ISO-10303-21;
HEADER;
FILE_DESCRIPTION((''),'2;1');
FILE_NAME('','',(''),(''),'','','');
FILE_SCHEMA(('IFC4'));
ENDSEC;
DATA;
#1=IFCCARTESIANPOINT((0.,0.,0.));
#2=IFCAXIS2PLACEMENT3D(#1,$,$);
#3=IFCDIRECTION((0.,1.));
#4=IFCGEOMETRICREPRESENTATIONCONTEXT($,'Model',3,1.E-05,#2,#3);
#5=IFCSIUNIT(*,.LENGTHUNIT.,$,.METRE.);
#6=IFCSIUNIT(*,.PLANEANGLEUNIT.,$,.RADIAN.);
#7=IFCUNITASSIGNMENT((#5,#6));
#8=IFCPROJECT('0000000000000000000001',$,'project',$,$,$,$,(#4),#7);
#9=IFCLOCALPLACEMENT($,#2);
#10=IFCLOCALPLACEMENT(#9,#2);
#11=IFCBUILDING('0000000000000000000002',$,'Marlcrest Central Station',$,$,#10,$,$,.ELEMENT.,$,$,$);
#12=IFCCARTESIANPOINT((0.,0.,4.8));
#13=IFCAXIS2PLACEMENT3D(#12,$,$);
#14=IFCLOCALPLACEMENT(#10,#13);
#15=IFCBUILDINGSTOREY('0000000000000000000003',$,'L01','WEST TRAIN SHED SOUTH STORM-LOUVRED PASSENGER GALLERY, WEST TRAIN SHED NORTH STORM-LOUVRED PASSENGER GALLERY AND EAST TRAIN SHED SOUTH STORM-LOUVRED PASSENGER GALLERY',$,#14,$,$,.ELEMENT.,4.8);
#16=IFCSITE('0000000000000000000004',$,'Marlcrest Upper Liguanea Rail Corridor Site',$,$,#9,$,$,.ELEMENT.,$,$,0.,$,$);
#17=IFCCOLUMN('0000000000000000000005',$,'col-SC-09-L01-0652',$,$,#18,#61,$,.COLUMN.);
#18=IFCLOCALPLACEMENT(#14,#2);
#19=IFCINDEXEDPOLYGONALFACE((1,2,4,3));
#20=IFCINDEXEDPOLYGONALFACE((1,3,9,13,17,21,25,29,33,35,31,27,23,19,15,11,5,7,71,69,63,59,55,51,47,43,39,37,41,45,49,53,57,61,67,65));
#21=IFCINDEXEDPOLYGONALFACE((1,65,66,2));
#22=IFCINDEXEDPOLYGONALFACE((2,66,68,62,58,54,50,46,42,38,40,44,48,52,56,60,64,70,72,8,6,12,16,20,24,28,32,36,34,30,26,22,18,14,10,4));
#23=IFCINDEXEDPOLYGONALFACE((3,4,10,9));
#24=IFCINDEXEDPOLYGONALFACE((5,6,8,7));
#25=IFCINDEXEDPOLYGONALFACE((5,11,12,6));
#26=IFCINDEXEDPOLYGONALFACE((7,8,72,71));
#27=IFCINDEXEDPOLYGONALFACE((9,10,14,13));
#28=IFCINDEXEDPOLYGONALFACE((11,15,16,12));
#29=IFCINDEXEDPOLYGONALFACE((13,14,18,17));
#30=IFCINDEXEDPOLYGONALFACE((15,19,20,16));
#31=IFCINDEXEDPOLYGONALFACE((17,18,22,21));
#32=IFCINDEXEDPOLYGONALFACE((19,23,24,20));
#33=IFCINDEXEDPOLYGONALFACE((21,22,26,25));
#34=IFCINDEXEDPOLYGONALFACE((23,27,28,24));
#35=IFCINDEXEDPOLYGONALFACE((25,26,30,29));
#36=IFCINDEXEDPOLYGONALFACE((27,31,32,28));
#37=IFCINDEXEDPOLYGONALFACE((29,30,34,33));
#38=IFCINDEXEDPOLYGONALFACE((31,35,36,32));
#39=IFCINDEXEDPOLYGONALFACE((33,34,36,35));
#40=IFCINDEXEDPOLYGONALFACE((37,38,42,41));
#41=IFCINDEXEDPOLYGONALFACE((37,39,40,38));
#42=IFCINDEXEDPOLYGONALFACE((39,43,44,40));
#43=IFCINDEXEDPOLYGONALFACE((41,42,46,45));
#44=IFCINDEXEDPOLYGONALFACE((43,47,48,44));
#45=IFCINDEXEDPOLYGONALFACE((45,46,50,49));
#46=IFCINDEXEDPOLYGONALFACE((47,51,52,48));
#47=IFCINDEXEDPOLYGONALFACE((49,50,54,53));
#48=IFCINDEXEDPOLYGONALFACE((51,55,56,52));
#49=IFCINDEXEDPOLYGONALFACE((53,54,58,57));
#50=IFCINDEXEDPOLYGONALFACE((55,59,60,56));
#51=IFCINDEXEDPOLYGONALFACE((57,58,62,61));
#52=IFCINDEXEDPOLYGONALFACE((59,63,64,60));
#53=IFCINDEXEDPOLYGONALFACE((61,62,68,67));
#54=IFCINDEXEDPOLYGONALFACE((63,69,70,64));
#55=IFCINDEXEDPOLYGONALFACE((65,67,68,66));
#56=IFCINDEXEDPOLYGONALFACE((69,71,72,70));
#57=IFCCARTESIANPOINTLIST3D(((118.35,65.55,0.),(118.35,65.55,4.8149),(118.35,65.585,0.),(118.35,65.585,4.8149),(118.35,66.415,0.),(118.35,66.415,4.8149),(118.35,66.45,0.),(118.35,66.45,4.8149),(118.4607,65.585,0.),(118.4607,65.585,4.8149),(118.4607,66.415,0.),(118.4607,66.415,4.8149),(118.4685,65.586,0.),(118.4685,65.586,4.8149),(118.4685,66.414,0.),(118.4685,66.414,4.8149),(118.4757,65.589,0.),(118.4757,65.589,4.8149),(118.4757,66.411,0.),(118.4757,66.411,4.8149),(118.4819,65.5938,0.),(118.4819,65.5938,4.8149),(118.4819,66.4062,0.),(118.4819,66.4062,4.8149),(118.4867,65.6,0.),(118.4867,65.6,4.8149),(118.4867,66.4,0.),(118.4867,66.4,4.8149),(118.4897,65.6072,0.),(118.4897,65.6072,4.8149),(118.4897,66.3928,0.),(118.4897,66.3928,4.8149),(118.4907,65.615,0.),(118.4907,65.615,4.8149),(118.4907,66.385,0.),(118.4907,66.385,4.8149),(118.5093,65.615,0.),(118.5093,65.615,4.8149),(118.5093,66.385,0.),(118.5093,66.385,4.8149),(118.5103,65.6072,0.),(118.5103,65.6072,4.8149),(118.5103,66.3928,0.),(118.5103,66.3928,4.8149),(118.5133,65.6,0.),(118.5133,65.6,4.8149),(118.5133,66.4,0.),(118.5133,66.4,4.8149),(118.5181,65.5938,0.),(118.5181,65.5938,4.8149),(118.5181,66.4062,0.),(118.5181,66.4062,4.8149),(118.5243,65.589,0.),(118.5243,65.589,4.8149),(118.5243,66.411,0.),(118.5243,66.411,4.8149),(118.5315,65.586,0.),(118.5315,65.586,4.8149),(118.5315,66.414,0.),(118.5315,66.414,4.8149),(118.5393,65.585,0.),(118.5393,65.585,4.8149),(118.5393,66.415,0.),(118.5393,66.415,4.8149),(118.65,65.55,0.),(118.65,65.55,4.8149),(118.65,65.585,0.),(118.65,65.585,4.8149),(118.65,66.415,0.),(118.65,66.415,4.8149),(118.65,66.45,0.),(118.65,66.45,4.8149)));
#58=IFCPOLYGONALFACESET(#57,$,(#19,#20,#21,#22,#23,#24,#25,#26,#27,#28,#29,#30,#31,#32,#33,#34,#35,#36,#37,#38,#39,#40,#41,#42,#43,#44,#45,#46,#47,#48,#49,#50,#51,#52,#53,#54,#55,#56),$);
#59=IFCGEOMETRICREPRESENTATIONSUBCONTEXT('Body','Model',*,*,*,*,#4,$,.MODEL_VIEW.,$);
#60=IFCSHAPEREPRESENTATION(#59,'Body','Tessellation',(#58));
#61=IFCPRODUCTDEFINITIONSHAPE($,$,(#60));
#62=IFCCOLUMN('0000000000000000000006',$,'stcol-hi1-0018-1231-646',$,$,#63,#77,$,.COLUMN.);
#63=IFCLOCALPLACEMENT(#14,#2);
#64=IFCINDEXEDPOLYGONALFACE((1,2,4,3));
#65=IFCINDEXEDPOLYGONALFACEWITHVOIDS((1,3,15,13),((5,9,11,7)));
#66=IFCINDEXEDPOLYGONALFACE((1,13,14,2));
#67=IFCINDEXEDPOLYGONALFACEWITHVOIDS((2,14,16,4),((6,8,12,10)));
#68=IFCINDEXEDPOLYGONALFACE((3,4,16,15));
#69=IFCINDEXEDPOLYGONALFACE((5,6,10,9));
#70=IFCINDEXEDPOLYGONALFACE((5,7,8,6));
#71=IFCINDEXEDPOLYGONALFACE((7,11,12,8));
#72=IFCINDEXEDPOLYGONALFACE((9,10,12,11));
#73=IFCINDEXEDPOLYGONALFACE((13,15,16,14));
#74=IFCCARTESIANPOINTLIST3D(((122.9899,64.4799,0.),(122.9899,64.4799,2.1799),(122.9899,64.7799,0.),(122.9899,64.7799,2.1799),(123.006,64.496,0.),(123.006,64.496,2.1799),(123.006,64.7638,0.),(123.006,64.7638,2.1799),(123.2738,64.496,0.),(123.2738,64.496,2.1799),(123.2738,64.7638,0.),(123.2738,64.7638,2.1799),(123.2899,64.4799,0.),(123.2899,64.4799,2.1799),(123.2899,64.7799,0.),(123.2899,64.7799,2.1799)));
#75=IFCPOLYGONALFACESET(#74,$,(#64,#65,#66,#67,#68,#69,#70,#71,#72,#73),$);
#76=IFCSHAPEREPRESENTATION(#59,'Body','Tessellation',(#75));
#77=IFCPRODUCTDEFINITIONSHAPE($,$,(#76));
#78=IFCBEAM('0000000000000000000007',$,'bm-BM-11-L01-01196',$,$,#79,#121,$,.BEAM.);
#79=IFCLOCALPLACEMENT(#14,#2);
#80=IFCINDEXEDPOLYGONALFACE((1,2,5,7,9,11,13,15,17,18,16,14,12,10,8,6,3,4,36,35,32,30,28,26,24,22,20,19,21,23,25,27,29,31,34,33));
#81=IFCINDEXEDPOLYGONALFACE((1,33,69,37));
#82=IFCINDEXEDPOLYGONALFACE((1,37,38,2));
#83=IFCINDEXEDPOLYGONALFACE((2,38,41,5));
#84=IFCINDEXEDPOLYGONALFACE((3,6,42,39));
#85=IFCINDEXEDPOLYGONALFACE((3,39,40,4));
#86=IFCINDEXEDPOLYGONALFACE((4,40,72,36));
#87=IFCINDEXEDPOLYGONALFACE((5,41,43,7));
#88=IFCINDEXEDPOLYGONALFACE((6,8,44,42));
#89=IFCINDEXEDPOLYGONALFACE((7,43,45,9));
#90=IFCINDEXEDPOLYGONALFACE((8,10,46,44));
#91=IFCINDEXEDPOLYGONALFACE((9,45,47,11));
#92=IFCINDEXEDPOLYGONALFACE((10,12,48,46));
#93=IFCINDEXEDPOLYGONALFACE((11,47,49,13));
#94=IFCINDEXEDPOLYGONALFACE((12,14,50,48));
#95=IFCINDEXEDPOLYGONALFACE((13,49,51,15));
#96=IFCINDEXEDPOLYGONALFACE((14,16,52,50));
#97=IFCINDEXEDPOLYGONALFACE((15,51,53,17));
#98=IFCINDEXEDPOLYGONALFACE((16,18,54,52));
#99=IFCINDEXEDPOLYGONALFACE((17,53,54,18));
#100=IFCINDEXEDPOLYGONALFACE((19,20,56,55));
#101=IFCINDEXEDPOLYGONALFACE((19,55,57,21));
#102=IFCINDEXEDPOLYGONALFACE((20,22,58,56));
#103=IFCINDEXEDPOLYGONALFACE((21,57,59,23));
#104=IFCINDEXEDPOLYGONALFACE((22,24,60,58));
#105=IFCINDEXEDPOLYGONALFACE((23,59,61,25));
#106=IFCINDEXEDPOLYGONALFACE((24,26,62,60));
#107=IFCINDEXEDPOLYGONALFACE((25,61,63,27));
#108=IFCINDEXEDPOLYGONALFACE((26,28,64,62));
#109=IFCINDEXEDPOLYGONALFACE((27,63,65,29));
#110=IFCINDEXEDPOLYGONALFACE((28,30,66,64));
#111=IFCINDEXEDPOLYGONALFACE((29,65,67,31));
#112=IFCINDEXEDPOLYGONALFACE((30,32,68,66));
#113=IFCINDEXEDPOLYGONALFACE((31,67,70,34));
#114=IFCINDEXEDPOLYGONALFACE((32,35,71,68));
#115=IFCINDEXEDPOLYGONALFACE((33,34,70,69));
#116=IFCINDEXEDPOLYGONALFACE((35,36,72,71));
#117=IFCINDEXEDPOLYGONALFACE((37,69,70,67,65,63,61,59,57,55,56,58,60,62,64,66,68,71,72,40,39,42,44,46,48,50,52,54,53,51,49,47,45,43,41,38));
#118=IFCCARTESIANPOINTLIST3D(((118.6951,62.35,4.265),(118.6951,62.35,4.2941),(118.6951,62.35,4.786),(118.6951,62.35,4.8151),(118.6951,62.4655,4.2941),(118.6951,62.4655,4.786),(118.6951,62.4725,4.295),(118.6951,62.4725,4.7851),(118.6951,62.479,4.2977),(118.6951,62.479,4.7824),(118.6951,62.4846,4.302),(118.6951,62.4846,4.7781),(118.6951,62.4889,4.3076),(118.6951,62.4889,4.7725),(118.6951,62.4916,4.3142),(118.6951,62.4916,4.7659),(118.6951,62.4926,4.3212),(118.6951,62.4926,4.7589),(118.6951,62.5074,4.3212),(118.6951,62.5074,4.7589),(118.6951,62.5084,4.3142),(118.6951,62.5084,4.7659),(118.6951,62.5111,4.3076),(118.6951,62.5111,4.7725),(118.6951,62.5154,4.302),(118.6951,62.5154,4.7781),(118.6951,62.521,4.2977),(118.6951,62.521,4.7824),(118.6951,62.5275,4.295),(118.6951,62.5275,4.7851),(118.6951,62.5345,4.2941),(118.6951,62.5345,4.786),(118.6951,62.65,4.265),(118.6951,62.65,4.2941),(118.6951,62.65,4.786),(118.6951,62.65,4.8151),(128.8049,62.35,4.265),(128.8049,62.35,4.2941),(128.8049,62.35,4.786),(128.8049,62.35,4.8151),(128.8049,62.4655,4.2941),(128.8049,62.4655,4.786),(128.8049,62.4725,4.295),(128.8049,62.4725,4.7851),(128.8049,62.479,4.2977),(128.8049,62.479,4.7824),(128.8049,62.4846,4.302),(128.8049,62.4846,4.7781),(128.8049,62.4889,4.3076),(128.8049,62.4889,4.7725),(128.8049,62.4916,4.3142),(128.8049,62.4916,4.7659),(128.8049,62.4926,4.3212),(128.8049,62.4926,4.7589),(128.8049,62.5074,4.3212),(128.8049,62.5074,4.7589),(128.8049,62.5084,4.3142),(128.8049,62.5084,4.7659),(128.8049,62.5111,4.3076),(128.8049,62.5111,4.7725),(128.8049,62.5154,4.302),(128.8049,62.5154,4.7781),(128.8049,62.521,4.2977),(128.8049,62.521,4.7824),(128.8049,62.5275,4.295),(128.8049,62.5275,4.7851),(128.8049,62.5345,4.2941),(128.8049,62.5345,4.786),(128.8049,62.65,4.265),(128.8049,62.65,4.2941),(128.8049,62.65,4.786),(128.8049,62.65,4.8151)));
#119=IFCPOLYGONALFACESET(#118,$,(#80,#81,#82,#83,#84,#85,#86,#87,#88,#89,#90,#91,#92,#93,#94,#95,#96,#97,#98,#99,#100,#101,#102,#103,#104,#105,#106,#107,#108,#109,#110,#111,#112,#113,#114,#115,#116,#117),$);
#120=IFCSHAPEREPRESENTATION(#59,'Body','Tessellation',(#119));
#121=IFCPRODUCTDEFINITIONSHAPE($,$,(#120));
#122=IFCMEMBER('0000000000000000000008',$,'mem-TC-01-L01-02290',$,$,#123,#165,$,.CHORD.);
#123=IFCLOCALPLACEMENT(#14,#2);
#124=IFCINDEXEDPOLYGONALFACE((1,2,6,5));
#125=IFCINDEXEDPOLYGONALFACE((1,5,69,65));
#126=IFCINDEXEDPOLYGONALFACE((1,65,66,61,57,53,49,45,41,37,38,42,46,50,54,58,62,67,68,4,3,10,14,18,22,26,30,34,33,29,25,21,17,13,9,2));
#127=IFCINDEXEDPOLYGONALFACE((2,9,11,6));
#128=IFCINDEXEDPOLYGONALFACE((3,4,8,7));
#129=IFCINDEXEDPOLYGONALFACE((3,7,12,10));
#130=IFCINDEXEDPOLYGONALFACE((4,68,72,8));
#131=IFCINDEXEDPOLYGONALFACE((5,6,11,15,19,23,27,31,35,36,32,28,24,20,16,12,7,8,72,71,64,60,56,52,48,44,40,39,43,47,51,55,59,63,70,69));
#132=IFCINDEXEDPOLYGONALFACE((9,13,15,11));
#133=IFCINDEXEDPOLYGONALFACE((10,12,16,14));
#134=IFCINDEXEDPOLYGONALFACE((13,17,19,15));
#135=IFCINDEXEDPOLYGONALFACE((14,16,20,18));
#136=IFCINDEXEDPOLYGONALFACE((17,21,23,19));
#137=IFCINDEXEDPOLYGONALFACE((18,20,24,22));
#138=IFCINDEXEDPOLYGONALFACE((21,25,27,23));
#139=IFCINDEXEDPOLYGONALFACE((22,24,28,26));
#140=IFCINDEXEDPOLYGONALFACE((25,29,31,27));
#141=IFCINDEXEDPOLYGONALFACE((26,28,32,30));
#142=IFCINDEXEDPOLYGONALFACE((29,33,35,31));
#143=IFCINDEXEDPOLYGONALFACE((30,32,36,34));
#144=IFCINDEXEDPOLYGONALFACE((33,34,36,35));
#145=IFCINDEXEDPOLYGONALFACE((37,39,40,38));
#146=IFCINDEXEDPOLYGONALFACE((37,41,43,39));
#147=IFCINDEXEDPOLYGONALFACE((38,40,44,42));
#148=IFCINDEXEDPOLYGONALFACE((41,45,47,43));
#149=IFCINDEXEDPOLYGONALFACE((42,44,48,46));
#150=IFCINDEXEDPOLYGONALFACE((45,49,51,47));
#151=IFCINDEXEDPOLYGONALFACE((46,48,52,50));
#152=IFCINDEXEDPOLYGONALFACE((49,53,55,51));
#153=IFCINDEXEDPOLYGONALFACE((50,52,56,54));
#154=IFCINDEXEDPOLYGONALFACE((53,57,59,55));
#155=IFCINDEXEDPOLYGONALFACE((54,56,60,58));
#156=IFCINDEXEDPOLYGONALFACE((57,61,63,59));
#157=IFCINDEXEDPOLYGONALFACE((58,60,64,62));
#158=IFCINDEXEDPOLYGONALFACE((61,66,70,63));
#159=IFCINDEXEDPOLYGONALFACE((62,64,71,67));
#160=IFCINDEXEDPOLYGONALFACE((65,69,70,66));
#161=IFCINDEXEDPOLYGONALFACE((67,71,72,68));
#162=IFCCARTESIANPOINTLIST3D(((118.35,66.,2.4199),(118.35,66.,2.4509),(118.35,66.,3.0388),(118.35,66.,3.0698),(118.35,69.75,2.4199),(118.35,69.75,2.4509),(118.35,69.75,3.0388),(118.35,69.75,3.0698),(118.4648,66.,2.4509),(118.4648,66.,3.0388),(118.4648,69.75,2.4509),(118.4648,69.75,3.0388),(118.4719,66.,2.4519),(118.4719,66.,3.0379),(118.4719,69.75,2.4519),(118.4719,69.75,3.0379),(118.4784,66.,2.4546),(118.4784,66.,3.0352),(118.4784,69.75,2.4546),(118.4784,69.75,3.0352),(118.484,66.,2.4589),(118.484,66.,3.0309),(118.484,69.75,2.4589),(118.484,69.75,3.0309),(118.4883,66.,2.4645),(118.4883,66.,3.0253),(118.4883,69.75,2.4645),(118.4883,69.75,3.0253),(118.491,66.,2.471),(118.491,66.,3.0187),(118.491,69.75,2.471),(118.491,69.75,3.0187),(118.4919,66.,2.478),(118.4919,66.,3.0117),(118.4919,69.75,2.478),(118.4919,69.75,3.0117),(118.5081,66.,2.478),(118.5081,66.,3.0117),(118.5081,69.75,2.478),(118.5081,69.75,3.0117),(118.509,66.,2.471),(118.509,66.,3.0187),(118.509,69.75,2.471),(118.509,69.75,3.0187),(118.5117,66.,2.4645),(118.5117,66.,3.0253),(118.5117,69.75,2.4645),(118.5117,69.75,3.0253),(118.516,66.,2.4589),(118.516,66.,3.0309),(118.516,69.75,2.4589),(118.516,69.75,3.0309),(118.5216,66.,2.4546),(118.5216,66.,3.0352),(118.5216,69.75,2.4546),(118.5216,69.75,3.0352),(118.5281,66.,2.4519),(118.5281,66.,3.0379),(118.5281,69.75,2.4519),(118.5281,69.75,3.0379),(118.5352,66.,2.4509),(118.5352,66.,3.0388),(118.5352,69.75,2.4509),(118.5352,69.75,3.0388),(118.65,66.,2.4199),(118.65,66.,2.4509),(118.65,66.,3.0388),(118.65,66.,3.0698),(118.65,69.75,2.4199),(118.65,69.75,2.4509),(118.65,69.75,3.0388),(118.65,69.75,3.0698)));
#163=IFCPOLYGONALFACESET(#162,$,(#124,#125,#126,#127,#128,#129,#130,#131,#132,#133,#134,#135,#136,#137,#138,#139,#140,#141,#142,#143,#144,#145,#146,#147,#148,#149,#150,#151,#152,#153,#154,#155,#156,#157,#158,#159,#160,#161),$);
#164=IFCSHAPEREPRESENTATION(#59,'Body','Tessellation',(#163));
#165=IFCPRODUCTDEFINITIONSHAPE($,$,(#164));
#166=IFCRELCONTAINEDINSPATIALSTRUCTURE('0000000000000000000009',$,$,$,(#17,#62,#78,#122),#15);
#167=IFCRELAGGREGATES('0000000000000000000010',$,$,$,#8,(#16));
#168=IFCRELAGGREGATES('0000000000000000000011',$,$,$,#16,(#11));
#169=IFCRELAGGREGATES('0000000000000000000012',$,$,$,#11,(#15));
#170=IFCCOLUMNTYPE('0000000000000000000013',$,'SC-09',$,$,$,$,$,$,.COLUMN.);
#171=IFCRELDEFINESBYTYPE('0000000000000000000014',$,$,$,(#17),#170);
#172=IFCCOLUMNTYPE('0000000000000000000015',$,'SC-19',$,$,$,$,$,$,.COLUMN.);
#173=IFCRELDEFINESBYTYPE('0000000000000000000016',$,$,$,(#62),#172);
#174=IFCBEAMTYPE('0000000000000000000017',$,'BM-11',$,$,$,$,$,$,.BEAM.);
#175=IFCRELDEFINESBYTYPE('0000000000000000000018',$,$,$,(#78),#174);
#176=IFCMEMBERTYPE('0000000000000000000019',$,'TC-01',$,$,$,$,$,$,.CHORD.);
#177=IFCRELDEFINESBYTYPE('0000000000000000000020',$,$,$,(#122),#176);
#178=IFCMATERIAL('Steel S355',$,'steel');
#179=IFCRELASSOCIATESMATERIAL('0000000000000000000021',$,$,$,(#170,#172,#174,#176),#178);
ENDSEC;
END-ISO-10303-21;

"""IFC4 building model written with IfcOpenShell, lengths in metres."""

from ifc_helpers import new_model, si_unit, direction, frame, origin, origin_2d, place, context, subcontext, project, spatial, hollow_rectangle, i_section, extrude, material, material_profile, profile_set, type_object, element, save


model = new_model("IFC4")

# Units and contexts
model_context = context("Model", 3, precision=1e-05, world=origin(), true_north=direction((0.0, 1.0)))
body_context = subcontext(model_context, "Body", "Model", "MODEL_VIEW")
ifc_project = project(units=[si_unit("LENGTHUNIT", "METRE"), si_unit("PLANEANGLEUNIT", "RADIAN")], contexts=[model_context])

# Site, building, storey
site_placement = place(None, origin())
site = spatial("IfcSite", under=ifc_project, at=site_placement, Name="Marlcrest Upper Liguanea Rail Corridor Site", CompositionType="ELEMENT", RefElevation=0.0)
building_placement = place(site_placement, origin())
building = spatial("IfcBuilding", under=site, at=building_placement, Name="Marlcrest Central Station", CompositionType="ELEMENT")
storey_placement = place(building_placement, frame((0.0, 0.0, 4.8)))
storey = spatial("IfcBuildingStorey", under=building, at=storey_placement, Name="L01", Description="WEST TRAIN SHED SOUTH STORM-LOUVRED PASSENGER GALLERY, WEST TRAIN SHED NORTH STORM-LOUVRED PASSENGER GALLERY AND EAST TRAIN SHED SOUTH STORM-LOUVRED PASSENGER GALLERY", CompositionType="ELEMENT", Elevation=4.8)

# Columns
ifc_material_1 = material(Name="Steel S355", Category="steel")
ifc_material_profile_1 = material_profile(ifc_material_1, i_section(OverallWidth=0.3, OverallDepth=0.8999, WebThickness=0.0186, FlangeThickness=0.0349, FilletRadius=0.03, at=origin_2d()), Name="HEB 900")
ifc_profile_set_1 = profile_set([ifc_material_profile_1], Name="Steel S355")
column_type_1 = type_object("IfcColumnType", Name="SC-09", PredefinedType="COLUMN", material=ifc_profile_set_1)
column_1_placement = place(storey_placement, frame((118.5, 66.0, 0.0), z_axis=(0.0, 0.0, 1.0), x_axis=(1.0, 0.0, 0.0)))
element("IfcColumn", 1, at=column_1_placement, inside=storey, type_object=column_type_1, Name="col-SC-09-L01-0652", PredefinedType="COLUMN", context=body_context, shape_type="SweptSolid", body=[
    extrude(i_section(OverallWidth=0.3, OverallDepth=0.8999, WebThickness=0.0186, FlangeThickness=0.0349, FilletRadius=0.03, at=origin_2d()), origin(), (0.0, 0.0, 1.0), 4.8149),
])
ifc_material_profile_2 = material_profile(ifc_material_1, hollow_rectangle(XDim=0.3, YDim=0.3, WallThickness=0.0161, at=origin_2d()), Name="SHS 300x300x16")
ifc_profile_set_2 = profile_set([ifc_material_profile_2], Name="Steel S355")
column_type_2 = type_object("IfcColumnType", Name="SC-19", PredefinedType="COLUMN", material=ifc_profile_set_2)
column_2_placement = place(storey_placement, frame((123.1399, 64.6299, 0.0), z_axis=(0.0, 0.0, 1.0), x_axis=(1.0, 0.0, 0.0)))
element("IfcColumn", 2, at=column_2_placement, inside=storey, type_object=column_type_2, Name="stcol-hi1-0018-1231-646", PredefinedType="COLUMN", context=body_context, shape_type="SweptSolid", body=[
    extrude(hollow_rectangle(XDim=0.3, YDim=0.3, WallThickness=0.0161, at=origin_2d()), origin(), (0.0, 0.0, 1.0), 2.1799),
])

# Beam
ifc_material_profile_3 = material_profile(ifc_material_1, i_section(OverallWidth=0.3, OverallDepth=0.55, WebThickness=0.0149, FlangeThickness=0.0291, FilletRadius=0.0271, at=origin_2d()), Name="HEB 550")
ifc_profile_set_3 = profile_set([ifc_material_profile_3], Name="Steel S355")
beam_type_1 = type_object("IfcBeamType", Name="BM-11", PredefinedType="BEAM", material=ifc_profile_set_3)
beam_1_placement = place(storey_placement, frame((118.6951, 62.5, 4.54), z_axis=(1.0, 0.0, 0.0), x_axis=(0.0, 1.0, 0.0)))
element("IfcBeam", 3, at=beam_1_placement, inside=storey, type_object=beam_type_1, Name="bm-BM-11-L01-01196", PredefinedType="BEAM", context=body_context, shape_type="SweptSolid", body=[
    extrude(i_section(OverallWidth=0.3, OverallDepth=0.55, WebThickness=0.0149, FlangeThickness=0.0291, FilletRadius=0.0271, at=origin_2d()), origin(), (0.0, 0.0, 1.0), 10.1099),
])

# Member
ifc_material_profile_4 = material_profile(ifc_material_1, i_section(OverallWidth=0.3, OverallDepth=0.6499, WebThickness=0.0161, FlangeThickness=0.031, FilletRadius=0.0271, at=origin_2d()), Name="HEB 650")
ifc_profile_set_4 = profile_set([ifc_material_profile_4], Name="Steel S355")
member_type_1 = type_object("IfcMemberType", Name="TC-01", PredefinedType="CHORD", material=ifc_profile_set_4)
member_1_placement = place(storey_placement, frame((118.5, 66.0, 2.7449), z_axis=(0.0, 1.0, 0.0), x_axis=(-1.0, 0.0, 0.0)))
element("IfcMember", 4, at=member_1_placement, inside=storey, type_object=member_type_1, Name="mem-TC-01-L01-02290", PredefinedType="CHORD", context=body_context, shape_type="SweptSolid", body=[
    extrude(i_section(OverallWidth=0.3, OverallDepth=0.6499, WebThickness=0.0161, FlangeThickness=0.031, FilletRadius=0.0271, at=origin_2d()), origin(), (0.0, 0.0, 1.0), 3.75),
])

save(model, "model.ifc")
